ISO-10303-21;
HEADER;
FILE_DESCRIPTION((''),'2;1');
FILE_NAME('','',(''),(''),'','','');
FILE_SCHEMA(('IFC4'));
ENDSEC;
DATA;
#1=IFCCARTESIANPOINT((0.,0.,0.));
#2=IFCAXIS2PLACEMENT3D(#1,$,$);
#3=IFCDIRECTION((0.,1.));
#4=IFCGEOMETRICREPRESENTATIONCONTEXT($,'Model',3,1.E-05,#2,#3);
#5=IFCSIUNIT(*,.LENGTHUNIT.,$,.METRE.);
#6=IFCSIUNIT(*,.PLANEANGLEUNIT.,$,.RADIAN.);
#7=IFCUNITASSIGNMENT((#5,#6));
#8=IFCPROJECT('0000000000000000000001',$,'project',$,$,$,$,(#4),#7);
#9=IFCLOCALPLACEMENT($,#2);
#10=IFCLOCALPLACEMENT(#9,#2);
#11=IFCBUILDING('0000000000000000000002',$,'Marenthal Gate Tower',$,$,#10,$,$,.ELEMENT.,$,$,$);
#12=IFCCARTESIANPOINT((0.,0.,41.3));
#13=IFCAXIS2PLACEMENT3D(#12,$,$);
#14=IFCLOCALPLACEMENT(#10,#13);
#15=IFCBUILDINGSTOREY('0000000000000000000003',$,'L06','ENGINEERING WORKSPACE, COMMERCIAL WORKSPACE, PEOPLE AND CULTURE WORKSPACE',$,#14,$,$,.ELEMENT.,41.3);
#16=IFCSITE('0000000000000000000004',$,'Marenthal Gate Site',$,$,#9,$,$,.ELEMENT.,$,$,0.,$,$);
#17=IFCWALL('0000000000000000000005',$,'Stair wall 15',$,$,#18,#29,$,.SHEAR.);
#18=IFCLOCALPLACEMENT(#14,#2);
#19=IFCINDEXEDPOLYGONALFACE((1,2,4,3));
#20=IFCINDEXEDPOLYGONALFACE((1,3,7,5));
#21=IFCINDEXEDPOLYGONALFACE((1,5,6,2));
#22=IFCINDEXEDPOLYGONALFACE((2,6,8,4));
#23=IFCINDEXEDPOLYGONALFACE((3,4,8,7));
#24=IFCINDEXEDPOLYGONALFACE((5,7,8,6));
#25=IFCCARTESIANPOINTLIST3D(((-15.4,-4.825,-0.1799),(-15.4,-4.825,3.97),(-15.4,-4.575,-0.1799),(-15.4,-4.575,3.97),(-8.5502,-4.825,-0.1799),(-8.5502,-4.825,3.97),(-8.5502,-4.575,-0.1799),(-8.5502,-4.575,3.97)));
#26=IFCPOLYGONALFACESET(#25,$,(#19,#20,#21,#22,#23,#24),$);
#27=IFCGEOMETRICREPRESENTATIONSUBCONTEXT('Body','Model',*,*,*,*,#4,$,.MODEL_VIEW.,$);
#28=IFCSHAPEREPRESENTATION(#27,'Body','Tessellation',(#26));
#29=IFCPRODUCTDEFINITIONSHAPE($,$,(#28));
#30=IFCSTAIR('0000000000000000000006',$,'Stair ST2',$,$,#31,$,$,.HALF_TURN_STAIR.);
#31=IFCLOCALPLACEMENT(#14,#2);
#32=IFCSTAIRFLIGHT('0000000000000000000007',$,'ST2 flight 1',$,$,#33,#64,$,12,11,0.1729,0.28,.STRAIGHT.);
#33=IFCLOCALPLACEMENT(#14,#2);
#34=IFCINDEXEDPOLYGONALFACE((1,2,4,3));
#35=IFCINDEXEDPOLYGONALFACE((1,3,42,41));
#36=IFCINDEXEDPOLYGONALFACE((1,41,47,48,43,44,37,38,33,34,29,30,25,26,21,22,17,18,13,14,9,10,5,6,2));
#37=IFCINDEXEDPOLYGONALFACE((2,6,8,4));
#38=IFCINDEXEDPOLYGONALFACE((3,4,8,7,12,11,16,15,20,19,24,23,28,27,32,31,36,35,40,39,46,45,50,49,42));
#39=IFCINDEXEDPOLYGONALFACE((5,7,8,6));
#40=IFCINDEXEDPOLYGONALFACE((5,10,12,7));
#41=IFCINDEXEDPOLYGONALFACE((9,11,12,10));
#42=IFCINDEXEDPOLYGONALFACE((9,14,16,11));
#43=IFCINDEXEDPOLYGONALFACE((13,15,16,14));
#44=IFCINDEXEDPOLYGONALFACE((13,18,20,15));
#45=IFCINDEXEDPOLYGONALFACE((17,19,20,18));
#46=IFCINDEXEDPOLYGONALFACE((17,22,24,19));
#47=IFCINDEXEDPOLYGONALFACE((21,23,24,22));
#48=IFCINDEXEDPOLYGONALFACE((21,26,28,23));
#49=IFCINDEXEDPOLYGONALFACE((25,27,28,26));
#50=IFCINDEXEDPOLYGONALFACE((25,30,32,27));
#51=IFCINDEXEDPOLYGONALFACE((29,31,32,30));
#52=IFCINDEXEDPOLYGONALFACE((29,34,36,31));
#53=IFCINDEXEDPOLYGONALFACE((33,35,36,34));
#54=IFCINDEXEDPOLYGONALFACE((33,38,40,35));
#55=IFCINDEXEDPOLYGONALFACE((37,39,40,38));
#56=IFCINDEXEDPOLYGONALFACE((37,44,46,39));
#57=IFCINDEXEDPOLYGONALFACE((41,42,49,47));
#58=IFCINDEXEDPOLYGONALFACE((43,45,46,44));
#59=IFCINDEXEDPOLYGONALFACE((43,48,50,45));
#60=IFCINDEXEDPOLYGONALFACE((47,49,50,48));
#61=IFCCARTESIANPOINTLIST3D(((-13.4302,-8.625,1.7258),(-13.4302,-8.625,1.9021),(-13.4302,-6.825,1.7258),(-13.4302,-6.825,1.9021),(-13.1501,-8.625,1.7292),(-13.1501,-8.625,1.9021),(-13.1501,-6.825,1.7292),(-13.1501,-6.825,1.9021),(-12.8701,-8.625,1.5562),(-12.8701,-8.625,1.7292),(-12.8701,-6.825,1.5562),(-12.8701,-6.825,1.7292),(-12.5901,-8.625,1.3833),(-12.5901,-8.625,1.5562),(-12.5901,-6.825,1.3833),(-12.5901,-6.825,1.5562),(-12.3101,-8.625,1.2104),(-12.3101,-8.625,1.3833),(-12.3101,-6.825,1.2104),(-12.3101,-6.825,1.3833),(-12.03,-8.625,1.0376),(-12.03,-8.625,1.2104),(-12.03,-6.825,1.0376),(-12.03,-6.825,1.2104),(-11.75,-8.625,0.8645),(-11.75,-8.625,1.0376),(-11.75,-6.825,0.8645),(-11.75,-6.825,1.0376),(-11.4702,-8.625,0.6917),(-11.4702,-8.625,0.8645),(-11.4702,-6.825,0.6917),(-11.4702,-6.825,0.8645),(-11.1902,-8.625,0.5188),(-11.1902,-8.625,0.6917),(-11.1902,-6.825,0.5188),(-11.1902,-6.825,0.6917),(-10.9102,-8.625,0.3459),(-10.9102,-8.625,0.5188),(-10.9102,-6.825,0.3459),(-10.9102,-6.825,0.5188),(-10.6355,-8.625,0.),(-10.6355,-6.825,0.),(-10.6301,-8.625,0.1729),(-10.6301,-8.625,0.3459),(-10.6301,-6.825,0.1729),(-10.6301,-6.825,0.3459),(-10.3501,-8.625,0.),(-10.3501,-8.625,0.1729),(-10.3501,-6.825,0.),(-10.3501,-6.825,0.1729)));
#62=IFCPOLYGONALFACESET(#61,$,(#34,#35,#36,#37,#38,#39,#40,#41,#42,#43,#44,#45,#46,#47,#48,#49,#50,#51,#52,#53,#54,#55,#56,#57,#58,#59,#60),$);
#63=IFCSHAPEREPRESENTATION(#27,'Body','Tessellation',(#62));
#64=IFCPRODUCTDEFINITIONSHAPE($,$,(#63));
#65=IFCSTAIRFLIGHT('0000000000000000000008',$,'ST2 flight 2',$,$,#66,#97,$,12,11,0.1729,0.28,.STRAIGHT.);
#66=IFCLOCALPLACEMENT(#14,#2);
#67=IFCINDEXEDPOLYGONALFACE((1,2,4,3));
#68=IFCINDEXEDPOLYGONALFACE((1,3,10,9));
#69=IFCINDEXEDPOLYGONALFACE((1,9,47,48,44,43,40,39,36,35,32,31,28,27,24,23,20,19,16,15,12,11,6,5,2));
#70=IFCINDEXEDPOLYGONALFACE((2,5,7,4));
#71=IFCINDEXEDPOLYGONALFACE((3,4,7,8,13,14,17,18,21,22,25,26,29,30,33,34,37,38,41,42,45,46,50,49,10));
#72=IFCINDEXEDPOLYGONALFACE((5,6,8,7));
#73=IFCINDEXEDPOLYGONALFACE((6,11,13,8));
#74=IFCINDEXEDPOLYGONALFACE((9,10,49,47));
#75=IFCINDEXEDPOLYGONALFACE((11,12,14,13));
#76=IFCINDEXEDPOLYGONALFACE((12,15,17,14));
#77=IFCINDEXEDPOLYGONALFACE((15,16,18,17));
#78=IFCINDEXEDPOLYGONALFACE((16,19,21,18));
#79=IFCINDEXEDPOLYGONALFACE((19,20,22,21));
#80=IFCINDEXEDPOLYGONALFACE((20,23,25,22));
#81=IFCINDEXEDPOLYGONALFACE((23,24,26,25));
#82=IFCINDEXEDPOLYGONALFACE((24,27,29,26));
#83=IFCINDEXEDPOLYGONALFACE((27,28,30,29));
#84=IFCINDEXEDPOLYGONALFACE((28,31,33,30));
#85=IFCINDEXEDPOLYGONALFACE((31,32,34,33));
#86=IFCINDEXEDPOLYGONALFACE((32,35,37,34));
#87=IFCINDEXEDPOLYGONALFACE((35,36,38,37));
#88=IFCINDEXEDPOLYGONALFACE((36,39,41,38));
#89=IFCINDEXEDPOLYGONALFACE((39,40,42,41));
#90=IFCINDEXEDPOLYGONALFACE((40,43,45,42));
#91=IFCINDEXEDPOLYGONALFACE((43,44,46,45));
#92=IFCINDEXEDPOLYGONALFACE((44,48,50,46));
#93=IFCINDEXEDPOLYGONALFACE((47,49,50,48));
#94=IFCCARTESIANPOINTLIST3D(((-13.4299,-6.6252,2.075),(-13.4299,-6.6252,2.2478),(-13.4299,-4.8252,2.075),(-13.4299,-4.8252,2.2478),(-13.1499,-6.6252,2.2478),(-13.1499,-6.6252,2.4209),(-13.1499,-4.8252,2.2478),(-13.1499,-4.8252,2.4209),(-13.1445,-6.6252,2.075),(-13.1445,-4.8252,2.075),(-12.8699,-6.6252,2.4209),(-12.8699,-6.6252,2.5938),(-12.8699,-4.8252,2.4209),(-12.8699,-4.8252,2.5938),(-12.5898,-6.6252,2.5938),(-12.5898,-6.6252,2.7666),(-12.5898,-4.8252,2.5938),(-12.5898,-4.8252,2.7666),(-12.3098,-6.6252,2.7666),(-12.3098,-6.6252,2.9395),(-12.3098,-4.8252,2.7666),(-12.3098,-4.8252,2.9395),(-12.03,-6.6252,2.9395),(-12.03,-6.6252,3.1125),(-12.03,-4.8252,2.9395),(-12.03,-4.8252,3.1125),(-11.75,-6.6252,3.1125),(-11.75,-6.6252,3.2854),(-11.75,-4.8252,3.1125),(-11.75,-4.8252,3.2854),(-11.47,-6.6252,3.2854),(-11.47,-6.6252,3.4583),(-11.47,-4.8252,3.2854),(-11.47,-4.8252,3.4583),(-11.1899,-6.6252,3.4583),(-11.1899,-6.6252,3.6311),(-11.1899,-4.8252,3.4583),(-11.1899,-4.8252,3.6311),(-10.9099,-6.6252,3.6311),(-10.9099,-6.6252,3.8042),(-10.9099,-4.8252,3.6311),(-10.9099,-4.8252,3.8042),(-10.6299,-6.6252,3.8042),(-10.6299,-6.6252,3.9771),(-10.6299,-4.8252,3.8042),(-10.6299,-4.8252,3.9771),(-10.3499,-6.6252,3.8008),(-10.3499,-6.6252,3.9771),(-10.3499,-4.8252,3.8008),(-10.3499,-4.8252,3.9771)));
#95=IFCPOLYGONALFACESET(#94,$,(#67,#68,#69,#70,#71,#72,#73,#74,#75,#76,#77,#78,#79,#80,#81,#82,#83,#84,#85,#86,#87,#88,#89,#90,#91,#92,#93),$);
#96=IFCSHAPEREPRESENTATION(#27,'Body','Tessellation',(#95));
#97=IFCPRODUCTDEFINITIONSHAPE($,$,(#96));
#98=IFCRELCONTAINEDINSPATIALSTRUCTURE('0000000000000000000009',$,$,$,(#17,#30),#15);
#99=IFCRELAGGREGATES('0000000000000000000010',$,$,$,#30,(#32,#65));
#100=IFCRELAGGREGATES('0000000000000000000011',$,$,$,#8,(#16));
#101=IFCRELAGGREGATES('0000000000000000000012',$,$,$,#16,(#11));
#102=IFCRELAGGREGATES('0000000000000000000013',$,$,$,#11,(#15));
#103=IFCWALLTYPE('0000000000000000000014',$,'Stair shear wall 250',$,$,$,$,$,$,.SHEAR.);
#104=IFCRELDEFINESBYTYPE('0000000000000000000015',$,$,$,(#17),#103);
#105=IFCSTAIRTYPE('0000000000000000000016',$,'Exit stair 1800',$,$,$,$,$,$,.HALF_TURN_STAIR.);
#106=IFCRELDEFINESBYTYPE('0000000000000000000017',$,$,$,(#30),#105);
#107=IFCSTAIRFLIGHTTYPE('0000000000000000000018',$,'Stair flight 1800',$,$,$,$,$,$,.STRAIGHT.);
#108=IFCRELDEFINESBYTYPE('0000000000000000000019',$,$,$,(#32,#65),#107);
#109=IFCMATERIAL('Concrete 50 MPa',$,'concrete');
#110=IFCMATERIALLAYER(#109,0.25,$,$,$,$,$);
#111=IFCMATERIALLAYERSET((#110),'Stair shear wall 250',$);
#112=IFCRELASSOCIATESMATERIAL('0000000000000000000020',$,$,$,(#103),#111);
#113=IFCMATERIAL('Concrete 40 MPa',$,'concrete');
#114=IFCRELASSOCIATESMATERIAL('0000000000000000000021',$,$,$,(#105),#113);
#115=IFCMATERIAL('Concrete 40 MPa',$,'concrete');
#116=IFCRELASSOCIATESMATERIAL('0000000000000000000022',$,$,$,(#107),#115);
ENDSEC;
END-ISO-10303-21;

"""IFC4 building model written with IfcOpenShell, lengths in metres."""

from ifc_helpers import new_model, si_unit, direction, frame, frame_2d, origin, place, context, subcontext, project, spatial, polyline, rectangle, outline, extrude, material, layer, layer_set, type_object, element, aggregate, save


model = new_model("IFC4")

# Units and contexts
model_context = context("Model", 3, precision=1e-05, world=origin(), true_north=direction((0.0, 1.0)))
body_context = subcontext(model_context, "Body", "Model", "MODEL_VIEW")
ifc_project = project(units=[si_unit("LENGTHUNIT", "METRE"), si_unit("PLANEANGLEUNIT", "RADIAN")], contexts=[model_context])

# Site, building, storey
site_placement = place(None, origin())
site = spatial("IfcSite", under=ifc_project, at=site_placement, Name="Marenthal Gate Site", CompositionType="ELEMENT", RefElevation=0.0)
building_placement = place(site_placement, origin())
building = spatial("IfcBuilding", under=site, at=building_placement, Name="Marenthal Gate Tower", CompositionType="ELEMENT")
storey_placement = place(building_placement, frame((0.0, 0.0, 41.3)))
storey = spatial("IfcBuildingStorey", under=building, at=storey_placement, Name="L06", Description="ENGINEERING WORKSPACE, COMMERCIAL WORKSPACE, PEOPLE AND CULTURE WORKSPACE", CompositionType="ELEMENT", Elevation=41.3)

# Wall
ifc_material_1 = material(Name="Concrete 50 MPa", Category="concrete")
ifc_layer_1 = layer(ifc_material_1, 0.25)
ifc_layer_set_1 = layer_set([ifc_layer_1], Name="Stair shear wall 250")
wall_type_1 = type_object("IfcWallType", Name="Stair shear wall 250", PredefinedType="SHEAR", material=ifc_layer_set_1)
wall_1_placement = place(storey_placement, frame((-15.3999, -4.7, -0.1799), z_axis=(0.0, 0.0, 1.0), x_axis=(1.0, 0.0, 0.0)))
element("IfcWall", 1, at=wall_1_placement, inside=storey, type_object=wall_type_1, Name="Stair wall 15", PredefinedType="SHEAR", context=body_context, shape_type="SweptSolid", body=[
    extrude(rectangle(XDim=6.8499, YDim=0.25, at=frame_2d((3.4248, 0.0))), origin(), (0.0, 0.0, 1.0), 4.1499),
])

# Stair, stair flights
ifc_material_2 = material(Name="Concrete 40 MPa", Category="concrete")
stair_type = type_object("IfcStairType", Name="Exit stair 1800", PredefinedType="HALF_TURN_STAIR", material=ifc_material_2)
stair_placement = place(storey_placement, origin())
stair = element("IfcStair", 2, at=stair_placement, inside=storey, type_object=stair_type, Name="Stair ST2", PredefinedType="HALF_TURN_STAIR")
ifc_material_3 = material(Name="Concrete 40 MPa", Category="concrete")
stair_flight_type = type_object("IfcStairFlightType", Name="Stair flight 1800", PredefinedType="STRAIGHT", material=ifc_material_3)
stair_flight_1_placement = place(storey_placement, frame((-10.3501, -7.7251, 0.0), z_axis=(0.0, 0.0, 1.0), x_axis=(-1.0, 0.0, 0.0)))
stair_flight_1 = element("IfcStairFlight", 3, at=stair_flight_1_placement, type_object=stair_flight_type, Name="ST2 flight 1", NumberOfRisers=12, NumberOfTreads=11, PredefinedType="STRAIGHT", RiserHeight=0.1729, TreadLength=0.28, context=body_context, shape_type="SweptSolid", body=[
    extrude(outline(polyline([(0.0, 0.0), (0.0, 0.1729), (0.28, 0.1729), (0.28, 0.3459), (0.5601, 0.3459), (0.5601, 0.5188), (0.8401, 0.5188), (0.8401, 0.6917), (1.1201, 0.6917), (1.1201, 0.8645), (1.3999, 0.8645), (1.3999, 1.0376), (1.6799, 1.0376), (1.6799, 1.2104), (1.96, 1.2104), (1.96, 1.3833), (2.24, 1.3833), (2.24, 1.5562), (2.52, 1.5562), (2.52, 1.7292), (2.8, 1.7292), (2.8, 1.9021), (3.0801, 1.9021), (3.0801, 2.075), (3.0801, 1.7258), (0.2854, 0.0), (0.0, 0.0)])), frame((0.0, 0.8999, 0.0), z_axis=(0.0, -1.0, 0.0), x_axis=(1.0, 0.0, 0.0)), (0.0, 0.0, 1.0), 1.8),
])
stair_flight_2_placement = place(storey_placement, frame((-13.4299, -5.7251, 2.075), z_axis=(0.0, 0.0, 1.0), x_axis=(1.0, 0.0, 0.0)))
stair_flight_2 = element("IfcStairFlight", 4, at=stair_flight_2_placement, type_object=stair_flight_type, Name="ST2 flight 2", NumberOfRisers=12, NumberOfTreads=11, PredefinedType="STRAIGHT", RiserHeight=0.1729, TreadLength=0.28, context=body_context, shape_type="SweptSolid", body=[
    extrude(outline(polyline([(0.0, 0.0), (0.0, 0.1729), (0.28, 0.1729), (0.28, 0.3459), (0.5601, 0.3459), (0.5601, 0.5188), (0.8401, 0.5188), (0.8401, 0.6917), (1.1201, 0.6917), (1.1201, 0.8645), (1.3999, 0.8645), (1.3999, 1.0376), (1.6799, 1.0376), (1.6799, 1.2104), (1.96, 1.2104), (1.96, 1.3833), (2.24, 1.3833), (2.24, 1.5562), (2.52, 1.5562), (2.52, 1.7292), (2.8, 1.7292), (2.8, 1.9021), (3.0801, 1.9021), (3.0801, 2.075), (3.0801, 1.7258), (0.2854, 0.0), (0.0, 0.0)])), frame((0.0, 0.8999, 0.0), z_axis=(0.0, -1.0, 0.0), x_axis=(1.0, 0.0, 0.0)), (0.0, 0.0, 1.0), 1.8),
])
aggregate(stair, [stair_flight_1, stair_flight_2])

save(model, "model.ifc")
